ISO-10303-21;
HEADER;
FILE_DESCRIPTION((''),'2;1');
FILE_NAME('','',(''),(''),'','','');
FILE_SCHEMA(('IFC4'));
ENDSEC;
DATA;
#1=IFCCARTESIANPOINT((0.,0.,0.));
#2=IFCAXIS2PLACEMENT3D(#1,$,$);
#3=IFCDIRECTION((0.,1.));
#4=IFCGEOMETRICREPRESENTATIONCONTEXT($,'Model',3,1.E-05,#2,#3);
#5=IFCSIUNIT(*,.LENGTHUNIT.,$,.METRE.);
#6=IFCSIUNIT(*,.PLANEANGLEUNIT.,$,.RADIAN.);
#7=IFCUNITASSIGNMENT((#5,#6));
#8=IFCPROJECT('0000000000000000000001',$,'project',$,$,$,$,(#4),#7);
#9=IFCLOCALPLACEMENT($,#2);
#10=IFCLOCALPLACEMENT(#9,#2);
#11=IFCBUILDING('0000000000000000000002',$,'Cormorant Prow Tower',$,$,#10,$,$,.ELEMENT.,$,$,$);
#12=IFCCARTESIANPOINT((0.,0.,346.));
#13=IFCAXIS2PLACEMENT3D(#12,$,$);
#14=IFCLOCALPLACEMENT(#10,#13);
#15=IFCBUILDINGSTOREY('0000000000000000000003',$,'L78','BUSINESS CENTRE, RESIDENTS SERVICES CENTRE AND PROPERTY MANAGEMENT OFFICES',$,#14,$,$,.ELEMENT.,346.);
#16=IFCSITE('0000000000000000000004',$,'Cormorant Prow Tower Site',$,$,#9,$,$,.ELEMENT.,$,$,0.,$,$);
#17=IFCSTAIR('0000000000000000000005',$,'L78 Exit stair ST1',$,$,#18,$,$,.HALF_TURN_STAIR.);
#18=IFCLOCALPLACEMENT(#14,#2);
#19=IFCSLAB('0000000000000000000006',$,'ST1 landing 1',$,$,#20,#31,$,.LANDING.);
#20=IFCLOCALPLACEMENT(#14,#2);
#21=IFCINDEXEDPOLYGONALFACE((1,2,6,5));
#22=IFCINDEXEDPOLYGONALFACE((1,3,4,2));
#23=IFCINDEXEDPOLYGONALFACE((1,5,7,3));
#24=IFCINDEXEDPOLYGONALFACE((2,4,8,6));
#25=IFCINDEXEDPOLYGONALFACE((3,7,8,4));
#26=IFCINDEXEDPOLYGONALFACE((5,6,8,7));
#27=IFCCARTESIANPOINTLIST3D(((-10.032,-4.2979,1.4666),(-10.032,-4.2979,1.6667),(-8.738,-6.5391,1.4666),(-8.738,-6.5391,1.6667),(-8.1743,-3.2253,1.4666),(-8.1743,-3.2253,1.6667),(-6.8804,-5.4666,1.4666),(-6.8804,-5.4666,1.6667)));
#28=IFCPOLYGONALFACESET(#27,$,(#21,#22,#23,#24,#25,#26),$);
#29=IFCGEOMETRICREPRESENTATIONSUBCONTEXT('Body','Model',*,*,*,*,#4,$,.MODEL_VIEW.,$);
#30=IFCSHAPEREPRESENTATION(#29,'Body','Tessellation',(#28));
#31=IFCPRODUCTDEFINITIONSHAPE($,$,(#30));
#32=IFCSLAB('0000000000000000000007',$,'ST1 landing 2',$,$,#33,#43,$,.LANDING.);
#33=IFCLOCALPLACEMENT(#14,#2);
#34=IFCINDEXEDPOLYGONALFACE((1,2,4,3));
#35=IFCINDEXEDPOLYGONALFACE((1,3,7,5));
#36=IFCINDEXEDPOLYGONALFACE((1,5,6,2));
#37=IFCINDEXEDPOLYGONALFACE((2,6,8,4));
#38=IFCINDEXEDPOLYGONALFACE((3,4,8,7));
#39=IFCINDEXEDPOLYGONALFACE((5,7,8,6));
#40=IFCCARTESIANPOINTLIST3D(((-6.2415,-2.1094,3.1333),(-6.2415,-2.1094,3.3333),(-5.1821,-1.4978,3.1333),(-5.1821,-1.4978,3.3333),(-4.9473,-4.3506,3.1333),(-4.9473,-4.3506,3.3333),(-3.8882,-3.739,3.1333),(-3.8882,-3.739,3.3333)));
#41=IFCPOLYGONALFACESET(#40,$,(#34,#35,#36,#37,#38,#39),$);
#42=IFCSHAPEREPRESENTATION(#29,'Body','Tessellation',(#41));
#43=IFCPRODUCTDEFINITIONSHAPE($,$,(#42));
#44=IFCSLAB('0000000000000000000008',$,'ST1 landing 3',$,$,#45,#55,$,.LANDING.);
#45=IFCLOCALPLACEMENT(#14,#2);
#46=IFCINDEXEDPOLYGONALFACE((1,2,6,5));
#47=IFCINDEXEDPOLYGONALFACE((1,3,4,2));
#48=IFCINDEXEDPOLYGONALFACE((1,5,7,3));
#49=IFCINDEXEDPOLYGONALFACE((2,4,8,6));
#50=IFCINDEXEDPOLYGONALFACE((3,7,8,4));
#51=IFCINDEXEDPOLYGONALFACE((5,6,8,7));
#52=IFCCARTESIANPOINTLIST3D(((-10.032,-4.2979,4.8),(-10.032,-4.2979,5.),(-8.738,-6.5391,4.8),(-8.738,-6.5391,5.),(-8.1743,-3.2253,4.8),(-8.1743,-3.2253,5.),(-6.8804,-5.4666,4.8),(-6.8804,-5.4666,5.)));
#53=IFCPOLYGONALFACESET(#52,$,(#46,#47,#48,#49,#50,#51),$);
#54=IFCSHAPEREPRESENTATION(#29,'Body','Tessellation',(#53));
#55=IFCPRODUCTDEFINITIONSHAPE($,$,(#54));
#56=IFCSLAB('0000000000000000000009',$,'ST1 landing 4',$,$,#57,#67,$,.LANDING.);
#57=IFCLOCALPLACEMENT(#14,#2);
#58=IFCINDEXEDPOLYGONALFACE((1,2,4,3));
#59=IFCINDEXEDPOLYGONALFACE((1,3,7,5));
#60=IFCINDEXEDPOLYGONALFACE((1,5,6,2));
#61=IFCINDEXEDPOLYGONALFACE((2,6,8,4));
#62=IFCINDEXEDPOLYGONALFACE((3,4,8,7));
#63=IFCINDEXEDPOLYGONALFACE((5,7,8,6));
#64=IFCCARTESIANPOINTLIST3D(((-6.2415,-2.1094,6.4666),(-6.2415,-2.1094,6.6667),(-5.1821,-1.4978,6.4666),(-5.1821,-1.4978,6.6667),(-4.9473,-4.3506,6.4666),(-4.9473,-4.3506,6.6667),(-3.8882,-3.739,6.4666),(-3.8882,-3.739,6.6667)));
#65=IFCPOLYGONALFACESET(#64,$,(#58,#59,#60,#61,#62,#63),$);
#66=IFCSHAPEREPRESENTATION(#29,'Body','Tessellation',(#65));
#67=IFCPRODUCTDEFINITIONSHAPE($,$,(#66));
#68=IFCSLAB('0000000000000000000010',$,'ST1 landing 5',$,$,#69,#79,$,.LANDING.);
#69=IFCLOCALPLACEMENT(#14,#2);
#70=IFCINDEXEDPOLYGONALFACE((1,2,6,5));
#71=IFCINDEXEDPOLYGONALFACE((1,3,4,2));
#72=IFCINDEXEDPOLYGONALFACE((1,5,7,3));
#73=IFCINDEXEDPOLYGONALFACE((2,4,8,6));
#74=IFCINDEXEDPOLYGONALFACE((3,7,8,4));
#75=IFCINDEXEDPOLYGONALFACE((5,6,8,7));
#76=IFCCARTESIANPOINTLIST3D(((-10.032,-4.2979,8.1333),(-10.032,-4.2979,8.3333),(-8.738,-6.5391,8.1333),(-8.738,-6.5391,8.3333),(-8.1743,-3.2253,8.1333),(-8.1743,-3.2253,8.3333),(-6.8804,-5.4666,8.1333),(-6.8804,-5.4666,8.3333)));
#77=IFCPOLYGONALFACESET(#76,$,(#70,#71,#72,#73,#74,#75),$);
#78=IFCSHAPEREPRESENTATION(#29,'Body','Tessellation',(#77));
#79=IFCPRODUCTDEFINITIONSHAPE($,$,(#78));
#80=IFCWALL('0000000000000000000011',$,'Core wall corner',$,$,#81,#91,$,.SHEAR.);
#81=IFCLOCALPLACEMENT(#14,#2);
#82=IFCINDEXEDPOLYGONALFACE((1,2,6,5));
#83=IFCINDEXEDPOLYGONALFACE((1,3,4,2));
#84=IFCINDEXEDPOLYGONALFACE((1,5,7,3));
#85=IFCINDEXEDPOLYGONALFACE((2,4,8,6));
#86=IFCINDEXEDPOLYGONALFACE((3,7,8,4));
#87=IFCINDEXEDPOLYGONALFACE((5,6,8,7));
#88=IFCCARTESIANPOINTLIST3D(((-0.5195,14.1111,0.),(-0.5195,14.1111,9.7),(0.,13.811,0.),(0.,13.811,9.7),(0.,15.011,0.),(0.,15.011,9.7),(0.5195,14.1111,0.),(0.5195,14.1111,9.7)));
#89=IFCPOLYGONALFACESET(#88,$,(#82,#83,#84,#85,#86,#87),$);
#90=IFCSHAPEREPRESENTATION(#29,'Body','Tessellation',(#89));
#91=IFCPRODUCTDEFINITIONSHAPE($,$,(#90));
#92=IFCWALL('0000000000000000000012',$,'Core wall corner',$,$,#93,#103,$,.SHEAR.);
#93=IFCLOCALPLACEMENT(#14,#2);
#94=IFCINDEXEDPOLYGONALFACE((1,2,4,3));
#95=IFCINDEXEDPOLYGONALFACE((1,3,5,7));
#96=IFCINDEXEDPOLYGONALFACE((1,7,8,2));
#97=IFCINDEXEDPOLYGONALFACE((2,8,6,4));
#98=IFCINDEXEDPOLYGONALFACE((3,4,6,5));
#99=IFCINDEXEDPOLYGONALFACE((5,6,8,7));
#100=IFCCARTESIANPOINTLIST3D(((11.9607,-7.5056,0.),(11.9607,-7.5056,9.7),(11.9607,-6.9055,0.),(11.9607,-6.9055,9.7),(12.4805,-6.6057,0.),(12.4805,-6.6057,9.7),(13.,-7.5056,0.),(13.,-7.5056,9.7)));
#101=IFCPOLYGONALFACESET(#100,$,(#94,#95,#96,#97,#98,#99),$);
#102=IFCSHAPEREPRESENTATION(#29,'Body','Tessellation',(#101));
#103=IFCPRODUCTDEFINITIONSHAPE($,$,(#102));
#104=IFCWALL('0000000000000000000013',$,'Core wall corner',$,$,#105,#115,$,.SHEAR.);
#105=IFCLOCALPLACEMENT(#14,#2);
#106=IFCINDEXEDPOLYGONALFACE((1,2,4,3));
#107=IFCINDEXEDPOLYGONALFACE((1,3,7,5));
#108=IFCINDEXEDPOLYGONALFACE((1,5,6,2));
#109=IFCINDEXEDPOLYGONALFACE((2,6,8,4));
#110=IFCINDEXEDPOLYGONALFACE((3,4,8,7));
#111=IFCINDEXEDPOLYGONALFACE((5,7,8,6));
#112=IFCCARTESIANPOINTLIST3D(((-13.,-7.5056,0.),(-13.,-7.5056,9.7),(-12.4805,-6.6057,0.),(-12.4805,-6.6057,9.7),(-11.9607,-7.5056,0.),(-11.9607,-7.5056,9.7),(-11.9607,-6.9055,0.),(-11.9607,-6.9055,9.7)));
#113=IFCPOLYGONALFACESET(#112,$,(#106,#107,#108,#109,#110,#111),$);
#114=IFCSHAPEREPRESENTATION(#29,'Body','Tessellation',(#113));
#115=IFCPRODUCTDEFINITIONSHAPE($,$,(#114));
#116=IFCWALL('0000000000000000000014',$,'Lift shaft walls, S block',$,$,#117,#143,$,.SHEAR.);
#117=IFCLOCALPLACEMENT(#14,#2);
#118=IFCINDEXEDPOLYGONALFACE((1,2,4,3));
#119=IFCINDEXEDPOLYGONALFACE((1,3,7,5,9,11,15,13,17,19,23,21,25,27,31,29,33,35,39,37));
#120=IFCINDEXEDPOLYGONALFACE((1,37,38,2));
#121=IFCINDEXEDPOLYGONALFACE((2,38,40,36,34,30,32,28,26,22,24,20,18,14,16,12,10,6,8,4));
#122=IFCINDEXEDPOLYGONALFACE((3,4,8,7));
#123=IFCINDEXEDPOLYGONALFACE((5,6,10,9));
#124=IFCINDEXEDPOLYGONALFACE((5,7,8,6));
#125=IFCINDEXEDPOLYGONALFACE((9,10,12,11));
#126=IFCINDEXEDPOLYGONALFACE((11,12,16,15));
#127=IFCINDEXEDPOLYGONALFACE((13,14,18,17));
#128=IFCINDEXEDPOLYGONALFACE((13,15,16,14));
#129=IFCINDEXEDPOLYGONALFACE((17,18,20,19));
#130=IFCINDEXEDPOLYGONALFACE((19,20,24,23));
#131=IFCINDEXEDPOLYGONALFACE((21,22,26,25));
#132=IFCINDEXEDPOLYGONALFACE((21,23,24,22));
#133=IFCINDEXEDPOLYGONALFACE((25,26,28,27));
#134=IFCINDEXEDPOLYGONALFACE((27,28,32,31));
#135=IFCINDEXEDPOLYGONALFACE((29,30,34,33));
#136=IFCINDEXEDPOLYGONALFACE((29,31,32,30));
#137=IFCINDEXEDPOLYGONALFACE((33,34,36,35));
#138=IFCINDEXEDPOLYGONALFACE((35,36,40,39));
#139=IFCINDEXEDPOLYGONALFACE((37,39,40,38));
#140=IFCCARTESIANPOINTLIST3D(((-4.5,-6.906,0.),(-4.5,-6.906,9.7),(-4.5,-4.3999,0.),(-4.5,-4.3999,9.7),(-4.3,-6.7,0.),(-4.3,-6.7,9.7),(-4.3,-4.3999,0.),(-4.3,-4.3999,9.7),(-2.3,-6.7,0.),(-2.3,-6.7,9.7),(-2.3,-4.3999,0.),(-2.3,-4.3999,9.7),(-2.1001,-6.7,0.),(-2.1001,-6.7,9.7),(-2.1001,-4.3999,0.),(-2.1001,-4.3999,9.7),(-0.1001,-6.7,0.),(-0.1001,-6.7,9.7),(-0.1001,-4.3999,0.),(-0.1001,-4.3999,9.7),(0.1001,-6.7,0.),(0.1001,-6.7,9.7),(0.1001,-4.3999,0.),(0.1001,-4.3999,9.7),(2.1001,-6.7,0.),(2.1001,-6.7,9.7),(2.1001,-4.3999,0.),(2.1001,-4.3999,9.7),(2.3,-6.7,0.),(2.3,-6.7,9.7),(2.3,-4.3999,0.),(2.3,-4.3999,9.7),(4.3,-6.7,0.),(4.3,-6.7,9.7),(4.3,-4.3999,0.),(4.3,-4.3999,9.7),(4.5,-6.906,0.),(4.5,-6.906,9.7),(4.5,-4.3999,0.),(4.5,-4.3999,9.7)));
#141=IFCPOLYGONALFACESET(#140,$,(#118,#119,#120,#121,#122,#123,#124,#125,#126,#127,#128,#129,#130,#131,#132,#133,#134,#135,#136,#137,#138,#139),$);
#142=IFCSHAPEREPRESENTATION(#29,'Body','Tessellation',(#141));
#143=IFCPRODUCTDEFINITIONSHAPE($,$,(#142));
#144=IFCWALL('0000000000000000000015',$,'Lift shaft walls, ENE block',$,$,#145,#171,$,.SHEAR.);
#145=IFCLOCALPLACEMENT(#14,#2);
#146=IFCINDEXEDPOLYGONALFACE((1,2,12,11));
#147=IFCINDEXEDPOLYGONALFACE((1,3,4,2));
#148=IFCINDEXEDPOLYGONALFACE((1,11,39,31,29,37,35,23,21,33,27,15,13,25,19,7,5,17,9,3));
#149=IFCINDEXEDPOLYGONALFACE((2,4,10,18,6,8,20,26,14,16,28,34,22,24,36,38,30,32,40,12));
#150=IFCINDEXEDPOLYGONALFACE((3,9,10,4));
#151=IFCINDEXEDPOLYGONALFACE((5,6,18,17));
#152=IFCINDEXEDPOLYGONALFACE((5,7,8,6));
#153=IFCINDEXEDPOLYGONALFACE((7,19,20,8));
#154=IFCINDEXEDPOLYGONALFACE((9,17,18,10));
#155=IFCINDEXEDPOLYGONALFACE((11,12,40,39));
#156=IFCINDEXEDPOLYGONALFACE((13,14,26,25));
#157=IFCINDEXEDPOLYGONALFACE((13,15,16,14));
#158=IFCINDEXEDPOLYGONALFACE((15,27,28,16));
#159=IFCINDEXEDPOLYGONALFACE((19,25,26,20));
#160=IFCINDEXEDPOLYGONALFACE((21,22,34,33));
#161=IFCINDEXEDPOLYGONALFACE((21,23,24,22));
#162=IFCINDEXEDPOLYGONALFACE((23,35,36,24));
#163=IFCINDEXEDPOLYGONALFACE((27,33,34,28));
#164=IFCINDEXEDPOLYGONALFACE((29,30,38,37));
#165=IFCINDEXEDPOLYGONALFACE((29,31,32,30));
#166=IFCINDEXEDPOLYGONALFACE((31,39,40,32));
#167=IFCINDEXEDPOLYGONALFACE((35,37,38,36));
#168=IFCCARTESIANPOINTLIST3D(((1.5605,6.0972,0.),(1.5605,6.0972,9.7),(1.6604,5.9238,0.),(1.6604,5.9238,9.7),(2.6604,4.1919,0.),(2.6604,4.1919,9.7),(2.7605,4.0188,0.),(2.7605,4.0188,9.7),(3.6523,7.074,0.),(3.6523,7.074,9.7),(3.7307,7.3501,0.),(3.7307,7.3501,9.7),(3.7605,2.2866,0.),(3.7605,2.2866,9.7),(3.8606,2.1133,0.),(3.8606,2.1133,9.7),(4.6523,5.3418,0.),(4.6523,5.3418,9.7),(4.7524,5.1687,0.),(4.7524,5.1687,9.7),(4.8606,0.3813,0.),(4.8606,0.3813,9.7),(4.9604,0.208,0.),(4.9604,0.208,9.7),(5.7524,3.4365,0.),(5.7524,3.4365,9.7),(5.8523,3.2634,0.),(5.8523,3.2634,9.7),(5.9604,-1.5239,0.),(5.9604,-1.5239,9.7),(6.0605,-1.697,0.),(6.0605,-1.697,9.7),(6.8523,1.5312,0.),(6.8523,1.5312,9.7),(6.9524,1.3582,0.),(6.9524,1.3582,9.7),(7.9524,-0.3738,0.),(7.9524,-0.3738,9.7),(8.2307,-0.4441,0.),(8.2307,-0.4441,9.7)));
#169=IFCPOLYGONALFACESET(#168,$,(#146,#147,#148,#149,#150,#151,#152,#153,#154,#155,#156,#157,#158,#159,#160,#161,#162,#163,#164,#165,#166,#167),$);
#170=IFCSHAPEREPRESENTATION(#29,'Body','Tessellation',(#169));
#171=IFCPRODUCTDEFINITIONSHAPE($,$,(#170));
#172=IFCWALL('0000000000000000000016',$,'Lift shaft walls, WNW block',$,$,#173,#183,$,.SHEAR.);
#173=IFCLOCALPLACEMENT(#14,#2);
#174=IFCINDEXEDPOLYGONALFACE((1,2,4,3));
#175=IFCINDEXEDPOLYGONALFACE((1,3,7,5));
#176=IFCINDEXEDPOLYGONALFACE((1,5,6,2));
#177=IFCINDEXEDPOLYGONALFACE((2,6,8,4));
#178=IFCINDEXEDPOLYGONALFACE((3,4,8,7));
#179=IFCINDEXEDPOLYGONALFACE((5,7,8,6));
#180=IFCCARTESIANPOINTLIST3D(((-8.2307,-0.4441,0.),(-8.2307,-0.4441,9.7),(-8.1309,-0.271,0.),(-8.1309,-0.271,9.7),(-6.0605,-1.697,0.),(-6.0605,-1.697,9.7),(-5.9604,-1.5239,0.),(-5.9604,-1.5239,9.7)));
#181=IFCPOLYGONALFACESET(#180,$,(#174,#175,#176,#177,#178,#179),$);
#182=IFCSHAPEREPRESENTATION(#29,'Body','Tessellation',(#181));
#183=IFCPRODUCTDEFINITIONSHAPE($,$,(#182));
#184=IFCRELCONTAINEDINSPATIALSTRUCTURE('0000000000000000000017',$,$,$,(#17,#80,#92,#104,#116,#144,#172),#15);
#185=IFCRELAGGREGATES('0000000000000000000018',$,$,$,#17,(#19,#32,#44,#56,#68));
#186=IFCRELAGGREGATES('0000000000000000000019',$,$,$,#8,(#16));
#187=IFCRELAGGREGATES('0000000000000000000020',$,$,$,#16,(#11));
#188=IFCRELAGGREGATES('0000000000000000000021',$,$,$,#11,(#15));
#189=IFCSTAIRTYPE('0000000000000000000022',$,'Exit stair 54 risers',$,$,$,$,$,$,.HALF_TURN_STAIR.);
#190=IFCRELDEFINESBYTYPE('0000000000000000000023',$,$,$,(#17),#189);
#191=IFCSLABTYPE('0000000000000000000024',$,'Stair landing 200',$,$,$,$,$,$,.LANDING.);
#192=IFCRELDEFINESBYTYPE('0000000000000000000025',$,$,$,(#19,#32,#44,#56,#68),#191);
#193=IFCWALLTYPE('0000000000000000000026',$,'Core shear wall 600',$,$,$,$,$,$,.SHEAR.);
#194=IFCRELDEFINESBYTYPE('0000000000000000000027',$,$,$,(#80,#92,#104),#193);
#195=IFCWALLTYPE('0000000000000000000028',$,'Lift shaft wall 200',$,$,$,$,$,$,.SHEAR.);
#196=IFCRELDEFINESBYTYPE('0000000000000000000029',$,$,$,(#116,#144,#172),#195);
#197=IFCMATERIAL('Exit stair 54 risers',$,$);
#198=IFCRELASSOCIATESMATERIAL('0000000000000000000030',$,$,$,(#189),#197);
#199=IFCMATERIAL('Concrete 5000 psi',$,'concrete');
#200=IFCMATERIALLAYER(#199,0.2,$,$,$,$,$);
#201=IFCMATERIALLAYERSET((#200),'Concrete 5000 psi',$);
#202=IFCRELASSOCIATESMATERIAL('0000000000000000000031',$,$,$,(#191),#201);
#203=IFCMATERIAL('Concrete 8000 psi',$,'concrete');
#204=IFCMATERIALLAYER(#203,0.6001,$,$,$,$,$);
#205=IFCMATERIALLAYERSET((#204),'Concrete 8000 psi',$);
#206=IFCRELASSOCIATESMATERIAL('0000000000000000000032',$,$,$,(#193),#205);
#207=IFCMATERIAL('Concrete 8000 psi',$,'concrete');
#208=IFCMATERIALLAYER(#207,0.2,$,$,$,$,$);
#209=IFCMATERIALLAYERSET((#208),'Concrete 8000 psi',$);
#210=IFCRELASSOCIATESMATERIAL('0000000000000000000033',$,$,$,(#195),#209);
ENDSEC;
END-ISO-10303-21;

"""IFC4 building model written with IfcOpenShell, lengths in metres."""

from ifc_helpers import new_model, si_unit, direction, frame, origin, place, context, subcontext, project, spatial, polyline, outline, extrude, material, layer, layer_set, type_object, element, aggregate, save


model = new_model("IFC4")

# Units and contexts
model_context = context("Model", 3, precision=1e-05, world=origin(), true_north=direction((0.0, 1.0)))
body_context = subcontext(model_context, "Body", "Model", "MODEL_VIEW")
ifc_project = project(units=[si_unit("LENGTHUNIT", "METRE"), si_unit("PLANEANGLEUNIT", "RADIAN")], contexts=[model_context])

# Site, building, storey
site_placement = place(None, origin())
site = spatial("IfcSite", under=ifc_project, at=site_placement, Name="Cormorant Prow Tower Site", CompositionType="ELEMENT", RefElevation=0.0)
building_placement = place(site_placement, origin())
building = spatial("IfcBuilding", under=site, at=building_placement, Name="Cormorant Prow Tower", CompositionType="ELEMENT")
storey_placement = place(building_placement, frame((0.0, 0.0, 346.0)))
storey = spatial("IfcBuildingStorey", under=building, at=storey_placement, Name="L78", Description="BUSINESS CENTRE, RESIDENTS SERVICES CENTRE AND PROPERTY MANAGEMENT OFFICES", CompositionType="ELEMENT", Elevation=346.0)

# Stair, slabs
ifc_material_1 = material(Name="Exit stair 54 risers")
stair_type = type_object("IfcStairType", Name="Exit stair 54 risers", PredefinedType="HALF_TURN_STAIR", material=ifc_material_1)
stair_1_placement = place(storey_placement, origin())
stair_1 = element("IfcStair", 1, at=stair_1_placement, inside=storey, type_object=stair_type, Name="L78 Exit stair ST1", PredefinedType="HALF_TURN_STAIR")
ifc_material_2 = material(Name="Concrete 5000 psi", Category="concrete")
ifc_layer_1 = layer(ifc_material_2, 0.2)
ifc_layer_set_1 = layer_set([ifc_layer_1], Name="Concrete 5000 psi")
slab_type = type_object("IfcSlabType", Name="Stair landing 200", PredefinedType="LANDING", material=ifc_layer_set_1)
slab_1_placement = place(storey_placement, frame((0.0, 0.0, 1.4666)))
slab_1 = element("IfcSlab", 2, at=slab_1_placement, type_object=slab_type, Name="ST1 landing 1", PredefinedType="LANDING", context=body_context, shape_type="SweptSolid", body=[
    extrude(outline(polyline([(-8.1743, -3.2253), (-10.032, -4.2979), (-8.738, -6.5391), (-6.8804, -5.4666), (-8.1743, -3.2253)])), origin(), (0.0, 0.0, 1.0), 0.2002),
])
slab_2_placement = place(storey_placement, frame((0.0, 0.0, 3.1333)))
slab_2 = element("IfcSlab", 3, at=slab_2_placement, type_object=slab_type, Name="ST1 landing 2", PredefinedType="LANDING", context=body_context, shape_type="SweptSolid", body=[
    extrude(outline(polyline([(-5.1821, -1.4978), (-6.2415, -2.1094), (-4.9473, -4.3506), (-3.8882, -3.739), (-5.1821, -1.4978)])), origin(), (0.0, 0.0, 1.0), 0.2),
])
slab_3_placement = place(storey_placement, frame((0.0, 0.0, 4.8)))
slab_3 = element("IfcSlab", 4, at=slab_3_placement, type_object=slab_type, Name="ST1 landing 3", PredefinedType="LANDING", context=body_context, shape_type="SweptSolid", body=[
    extrude(outline(polyline([(-8.1743, -3.2253), (-10.032, -4.2979), (-8.738, -6.5391), (-6.8804, -5.4666), (-8.1743, -3.2253)])), origin(), (0.0, 0.0, 1.0), 0.2),
])
slab_4_placement = place(storey_placement, frame((0.0, 0.0, 6.4666)))
slab_4 = element("IfcSlab", 5, at=slab_4_placement, type_object=slab_type, Name="ST1 landing 4", PredefinedType="LANDING", context=body_context, shape_type="SweptSolid", body=[
    extrude(outline(polyline([(-5.1821, -1.4978), (-6.2415, -2.1094), (-4.9473, -4.3506), (-3.8882, -3.739), (-5.1821, -1.4978)])), origin(), (0.0, 0.0, 1.0), 0.2002),
])
slab_5_placement = place(storey_placement, frame((0.0, 0.0, 8.1333)))
slab_5 = element("IfcSlab", 6, at=slab_5_placement, type_object=slab_type, Name="ST1 landing 5", PredefinedType="LANDING", context=body_context, shape_type="SweptSolid", body=[
    extrude(outline(polyline([(-8.1743, -3.2253), (-10.032, -4.2979), (-8.738, -6.5391), (-6.8804, -5.4666), (-8.1743, -3.2253)])), origin(), (0.0, 0.0, 1.0), 0.2),
])
aggregate(stair_1, [slab_1, slab_2, slab_3, slab_4, slab_5])

# Walls
ifc_material_3 = material(Name="Concrete 8000 psi", Category="concrete")
ifc_layer_2 = layer(ifc_material_3, 0.6001)
ifc_layer_set_2 = layer_set([ifc_layer_2], Name="Concrete 8000 psi")
wall_type_1 = type_object("IfcWallType", Name="Core shear wall 600", PredefinedType="SHEAR", material=ifc_layer_set_2)
wall_1_placement = place(storey_placement, origin())
element("IfcWall", 7, at=wall_1_placement, inside=storey, type_object=wall_type_1, Name="Core wall corner", PredefinedType="SHEAR", context=body_context, shape_type="SweptSolid", body=[
    extrude(outline(polyline([(-0.5195, 14.1111), (0.0, 15.011), (0.5195, 14.1111), (0.0, 13.811), (-0.5195, 14.1111)])), origin(), (0.0, 0.0, 1.0), 9.7),
])
wall_2_placement = place(storey_placement, origin())
element("IfcWall", 8, at=wall_2_placement, inside=storey, type_object=wall_type_1, Name="Core wall corner", PredefinedType="SHEAR", context=body_context, shape_type="SweptSolid", body=[
    extrude(outline(polyline([(11.9607, -7.5056), (11.9607, -6.9055), (12.4805, -6.6057), (13.0, -7.5056), (11.9607, -7.5056)])), origin(), (0.0, 0.0, 1.0), 9.7),
])
wall_3_placement = place(storey_placement, origin())
element("IfcWall", 9, at=wall_3_placement, inside=storey, type_object=wall_type_1, Name="Core wall corner", PredefinedType="SHEAR", context=body_context, shape_type="SweptSolid", body=[
    extrude(outline(polyline([(-12.4805, -6.6057), (-11.9607, -6.9055), (-11.9607, -7.5056), (-13.0, -7.5056), (-12.4805, -6.6057)])), origin(), (0.0, 0.0, 1.0), 9.7),
])
ifc_material_4 = material(Name="Concrete 8000 psi", Category="concrete")
ifc_layer_3 = layer(ifc_material_4, 0.2)
ifc_layer_set_3 = layer_set([ifc_layer_3], Name="Concrete 8000 psi")
wall_type_2 = type_object("IfcWallType", Name="Lift shaft wall 200", PredefinedType="SHEAR", material=ifc_layer_set_3)
wall_4_placement = place(storey_placement, origin())
element("IfcWall", 10, at=wall_4_placement, inside=storey, type_object=wall_type_2, Name="Lift shaft walls, S block", PredefinedType="SHEAR", context=body_context, shape_type="SweptSolid", body=[
    extrude(outline(polyline([(4.5, -4.3999), (4.5, -6.906), (-4.5, -6.906), (-4.5, -4.3999), (-4.3, -4.3999), (-4.3, -6.7), (-2.3, -6.7), (-2.3, -4.3999), (-2.1001, -4.3999), (-2.1001, -6.7), (-0.1001, -6.7), (-0.1001, -4.3999), (0.1001, -4.3999), (0.1001, -6.7), (2.1001, -6.7), (2.1001, -4.3999), (2.3, -4.3999), (2.3, -6.7), (4.3, -6.7), (4.3, -4.3999), (4.5, -4.3999)])), origin(), (0.0, 0.0, 1.0), 9.7),
])
wall_5_placement = place(storey_placement, origin())
element("IfcWall", 11, at=wall_5_placement, inside=storey, type_object=wall_type_2, Name="Lift shaft walls, ENE block", PredefinedType="SHEAR", context=body_context, shape_type="SweptSolid", body=[
    extrude(outline(polyline([(1.5605, 6.0972), (3.7307, 7.3501), (8.2307, -0.4441), (6.0605, -1.697), (5.9604, -1.5239), (7.9524, -0.3738), (6.9524, 1.3582), (4.9604, 0.208), (4.8606, 0.3813), (6.8523, 1.5312), (5.8523, 3.2634), (3.8606, 2.1133), (3.7605, 2.2866), (5.7524, 3.4365), (4.7524, 5.1687), (2.7605, 4.0188), (2.6604, 4.1919), (4.6523, 5.3418), (3.6523, 7.074), (1.6604, 5.9238), (1.5605, 6.0972)])), origin(), (0.0, 0.0, 1.0), 9.7),
])
wall_6_placement = place(storey_placement, origin())
element("IfcWall", 12, at=wall_6_placement, inside=storey, type_object=wall_type_2, Name="Lift shaft walls, WNW block", PredefinedType="SHEAR", context=body_context, shape_type="SweptSolid", body=[
    extrude(outline(polyline([(-6.0605, -1.697), (-8.2307, -0.4441), (-8.1309, -0.271), (-5.9604, -1.5239), (-6.0605, -1.697)])), origin(), (0.0, 0.0, 1.0), 9.7),
])

save(model, "model.ifc")
